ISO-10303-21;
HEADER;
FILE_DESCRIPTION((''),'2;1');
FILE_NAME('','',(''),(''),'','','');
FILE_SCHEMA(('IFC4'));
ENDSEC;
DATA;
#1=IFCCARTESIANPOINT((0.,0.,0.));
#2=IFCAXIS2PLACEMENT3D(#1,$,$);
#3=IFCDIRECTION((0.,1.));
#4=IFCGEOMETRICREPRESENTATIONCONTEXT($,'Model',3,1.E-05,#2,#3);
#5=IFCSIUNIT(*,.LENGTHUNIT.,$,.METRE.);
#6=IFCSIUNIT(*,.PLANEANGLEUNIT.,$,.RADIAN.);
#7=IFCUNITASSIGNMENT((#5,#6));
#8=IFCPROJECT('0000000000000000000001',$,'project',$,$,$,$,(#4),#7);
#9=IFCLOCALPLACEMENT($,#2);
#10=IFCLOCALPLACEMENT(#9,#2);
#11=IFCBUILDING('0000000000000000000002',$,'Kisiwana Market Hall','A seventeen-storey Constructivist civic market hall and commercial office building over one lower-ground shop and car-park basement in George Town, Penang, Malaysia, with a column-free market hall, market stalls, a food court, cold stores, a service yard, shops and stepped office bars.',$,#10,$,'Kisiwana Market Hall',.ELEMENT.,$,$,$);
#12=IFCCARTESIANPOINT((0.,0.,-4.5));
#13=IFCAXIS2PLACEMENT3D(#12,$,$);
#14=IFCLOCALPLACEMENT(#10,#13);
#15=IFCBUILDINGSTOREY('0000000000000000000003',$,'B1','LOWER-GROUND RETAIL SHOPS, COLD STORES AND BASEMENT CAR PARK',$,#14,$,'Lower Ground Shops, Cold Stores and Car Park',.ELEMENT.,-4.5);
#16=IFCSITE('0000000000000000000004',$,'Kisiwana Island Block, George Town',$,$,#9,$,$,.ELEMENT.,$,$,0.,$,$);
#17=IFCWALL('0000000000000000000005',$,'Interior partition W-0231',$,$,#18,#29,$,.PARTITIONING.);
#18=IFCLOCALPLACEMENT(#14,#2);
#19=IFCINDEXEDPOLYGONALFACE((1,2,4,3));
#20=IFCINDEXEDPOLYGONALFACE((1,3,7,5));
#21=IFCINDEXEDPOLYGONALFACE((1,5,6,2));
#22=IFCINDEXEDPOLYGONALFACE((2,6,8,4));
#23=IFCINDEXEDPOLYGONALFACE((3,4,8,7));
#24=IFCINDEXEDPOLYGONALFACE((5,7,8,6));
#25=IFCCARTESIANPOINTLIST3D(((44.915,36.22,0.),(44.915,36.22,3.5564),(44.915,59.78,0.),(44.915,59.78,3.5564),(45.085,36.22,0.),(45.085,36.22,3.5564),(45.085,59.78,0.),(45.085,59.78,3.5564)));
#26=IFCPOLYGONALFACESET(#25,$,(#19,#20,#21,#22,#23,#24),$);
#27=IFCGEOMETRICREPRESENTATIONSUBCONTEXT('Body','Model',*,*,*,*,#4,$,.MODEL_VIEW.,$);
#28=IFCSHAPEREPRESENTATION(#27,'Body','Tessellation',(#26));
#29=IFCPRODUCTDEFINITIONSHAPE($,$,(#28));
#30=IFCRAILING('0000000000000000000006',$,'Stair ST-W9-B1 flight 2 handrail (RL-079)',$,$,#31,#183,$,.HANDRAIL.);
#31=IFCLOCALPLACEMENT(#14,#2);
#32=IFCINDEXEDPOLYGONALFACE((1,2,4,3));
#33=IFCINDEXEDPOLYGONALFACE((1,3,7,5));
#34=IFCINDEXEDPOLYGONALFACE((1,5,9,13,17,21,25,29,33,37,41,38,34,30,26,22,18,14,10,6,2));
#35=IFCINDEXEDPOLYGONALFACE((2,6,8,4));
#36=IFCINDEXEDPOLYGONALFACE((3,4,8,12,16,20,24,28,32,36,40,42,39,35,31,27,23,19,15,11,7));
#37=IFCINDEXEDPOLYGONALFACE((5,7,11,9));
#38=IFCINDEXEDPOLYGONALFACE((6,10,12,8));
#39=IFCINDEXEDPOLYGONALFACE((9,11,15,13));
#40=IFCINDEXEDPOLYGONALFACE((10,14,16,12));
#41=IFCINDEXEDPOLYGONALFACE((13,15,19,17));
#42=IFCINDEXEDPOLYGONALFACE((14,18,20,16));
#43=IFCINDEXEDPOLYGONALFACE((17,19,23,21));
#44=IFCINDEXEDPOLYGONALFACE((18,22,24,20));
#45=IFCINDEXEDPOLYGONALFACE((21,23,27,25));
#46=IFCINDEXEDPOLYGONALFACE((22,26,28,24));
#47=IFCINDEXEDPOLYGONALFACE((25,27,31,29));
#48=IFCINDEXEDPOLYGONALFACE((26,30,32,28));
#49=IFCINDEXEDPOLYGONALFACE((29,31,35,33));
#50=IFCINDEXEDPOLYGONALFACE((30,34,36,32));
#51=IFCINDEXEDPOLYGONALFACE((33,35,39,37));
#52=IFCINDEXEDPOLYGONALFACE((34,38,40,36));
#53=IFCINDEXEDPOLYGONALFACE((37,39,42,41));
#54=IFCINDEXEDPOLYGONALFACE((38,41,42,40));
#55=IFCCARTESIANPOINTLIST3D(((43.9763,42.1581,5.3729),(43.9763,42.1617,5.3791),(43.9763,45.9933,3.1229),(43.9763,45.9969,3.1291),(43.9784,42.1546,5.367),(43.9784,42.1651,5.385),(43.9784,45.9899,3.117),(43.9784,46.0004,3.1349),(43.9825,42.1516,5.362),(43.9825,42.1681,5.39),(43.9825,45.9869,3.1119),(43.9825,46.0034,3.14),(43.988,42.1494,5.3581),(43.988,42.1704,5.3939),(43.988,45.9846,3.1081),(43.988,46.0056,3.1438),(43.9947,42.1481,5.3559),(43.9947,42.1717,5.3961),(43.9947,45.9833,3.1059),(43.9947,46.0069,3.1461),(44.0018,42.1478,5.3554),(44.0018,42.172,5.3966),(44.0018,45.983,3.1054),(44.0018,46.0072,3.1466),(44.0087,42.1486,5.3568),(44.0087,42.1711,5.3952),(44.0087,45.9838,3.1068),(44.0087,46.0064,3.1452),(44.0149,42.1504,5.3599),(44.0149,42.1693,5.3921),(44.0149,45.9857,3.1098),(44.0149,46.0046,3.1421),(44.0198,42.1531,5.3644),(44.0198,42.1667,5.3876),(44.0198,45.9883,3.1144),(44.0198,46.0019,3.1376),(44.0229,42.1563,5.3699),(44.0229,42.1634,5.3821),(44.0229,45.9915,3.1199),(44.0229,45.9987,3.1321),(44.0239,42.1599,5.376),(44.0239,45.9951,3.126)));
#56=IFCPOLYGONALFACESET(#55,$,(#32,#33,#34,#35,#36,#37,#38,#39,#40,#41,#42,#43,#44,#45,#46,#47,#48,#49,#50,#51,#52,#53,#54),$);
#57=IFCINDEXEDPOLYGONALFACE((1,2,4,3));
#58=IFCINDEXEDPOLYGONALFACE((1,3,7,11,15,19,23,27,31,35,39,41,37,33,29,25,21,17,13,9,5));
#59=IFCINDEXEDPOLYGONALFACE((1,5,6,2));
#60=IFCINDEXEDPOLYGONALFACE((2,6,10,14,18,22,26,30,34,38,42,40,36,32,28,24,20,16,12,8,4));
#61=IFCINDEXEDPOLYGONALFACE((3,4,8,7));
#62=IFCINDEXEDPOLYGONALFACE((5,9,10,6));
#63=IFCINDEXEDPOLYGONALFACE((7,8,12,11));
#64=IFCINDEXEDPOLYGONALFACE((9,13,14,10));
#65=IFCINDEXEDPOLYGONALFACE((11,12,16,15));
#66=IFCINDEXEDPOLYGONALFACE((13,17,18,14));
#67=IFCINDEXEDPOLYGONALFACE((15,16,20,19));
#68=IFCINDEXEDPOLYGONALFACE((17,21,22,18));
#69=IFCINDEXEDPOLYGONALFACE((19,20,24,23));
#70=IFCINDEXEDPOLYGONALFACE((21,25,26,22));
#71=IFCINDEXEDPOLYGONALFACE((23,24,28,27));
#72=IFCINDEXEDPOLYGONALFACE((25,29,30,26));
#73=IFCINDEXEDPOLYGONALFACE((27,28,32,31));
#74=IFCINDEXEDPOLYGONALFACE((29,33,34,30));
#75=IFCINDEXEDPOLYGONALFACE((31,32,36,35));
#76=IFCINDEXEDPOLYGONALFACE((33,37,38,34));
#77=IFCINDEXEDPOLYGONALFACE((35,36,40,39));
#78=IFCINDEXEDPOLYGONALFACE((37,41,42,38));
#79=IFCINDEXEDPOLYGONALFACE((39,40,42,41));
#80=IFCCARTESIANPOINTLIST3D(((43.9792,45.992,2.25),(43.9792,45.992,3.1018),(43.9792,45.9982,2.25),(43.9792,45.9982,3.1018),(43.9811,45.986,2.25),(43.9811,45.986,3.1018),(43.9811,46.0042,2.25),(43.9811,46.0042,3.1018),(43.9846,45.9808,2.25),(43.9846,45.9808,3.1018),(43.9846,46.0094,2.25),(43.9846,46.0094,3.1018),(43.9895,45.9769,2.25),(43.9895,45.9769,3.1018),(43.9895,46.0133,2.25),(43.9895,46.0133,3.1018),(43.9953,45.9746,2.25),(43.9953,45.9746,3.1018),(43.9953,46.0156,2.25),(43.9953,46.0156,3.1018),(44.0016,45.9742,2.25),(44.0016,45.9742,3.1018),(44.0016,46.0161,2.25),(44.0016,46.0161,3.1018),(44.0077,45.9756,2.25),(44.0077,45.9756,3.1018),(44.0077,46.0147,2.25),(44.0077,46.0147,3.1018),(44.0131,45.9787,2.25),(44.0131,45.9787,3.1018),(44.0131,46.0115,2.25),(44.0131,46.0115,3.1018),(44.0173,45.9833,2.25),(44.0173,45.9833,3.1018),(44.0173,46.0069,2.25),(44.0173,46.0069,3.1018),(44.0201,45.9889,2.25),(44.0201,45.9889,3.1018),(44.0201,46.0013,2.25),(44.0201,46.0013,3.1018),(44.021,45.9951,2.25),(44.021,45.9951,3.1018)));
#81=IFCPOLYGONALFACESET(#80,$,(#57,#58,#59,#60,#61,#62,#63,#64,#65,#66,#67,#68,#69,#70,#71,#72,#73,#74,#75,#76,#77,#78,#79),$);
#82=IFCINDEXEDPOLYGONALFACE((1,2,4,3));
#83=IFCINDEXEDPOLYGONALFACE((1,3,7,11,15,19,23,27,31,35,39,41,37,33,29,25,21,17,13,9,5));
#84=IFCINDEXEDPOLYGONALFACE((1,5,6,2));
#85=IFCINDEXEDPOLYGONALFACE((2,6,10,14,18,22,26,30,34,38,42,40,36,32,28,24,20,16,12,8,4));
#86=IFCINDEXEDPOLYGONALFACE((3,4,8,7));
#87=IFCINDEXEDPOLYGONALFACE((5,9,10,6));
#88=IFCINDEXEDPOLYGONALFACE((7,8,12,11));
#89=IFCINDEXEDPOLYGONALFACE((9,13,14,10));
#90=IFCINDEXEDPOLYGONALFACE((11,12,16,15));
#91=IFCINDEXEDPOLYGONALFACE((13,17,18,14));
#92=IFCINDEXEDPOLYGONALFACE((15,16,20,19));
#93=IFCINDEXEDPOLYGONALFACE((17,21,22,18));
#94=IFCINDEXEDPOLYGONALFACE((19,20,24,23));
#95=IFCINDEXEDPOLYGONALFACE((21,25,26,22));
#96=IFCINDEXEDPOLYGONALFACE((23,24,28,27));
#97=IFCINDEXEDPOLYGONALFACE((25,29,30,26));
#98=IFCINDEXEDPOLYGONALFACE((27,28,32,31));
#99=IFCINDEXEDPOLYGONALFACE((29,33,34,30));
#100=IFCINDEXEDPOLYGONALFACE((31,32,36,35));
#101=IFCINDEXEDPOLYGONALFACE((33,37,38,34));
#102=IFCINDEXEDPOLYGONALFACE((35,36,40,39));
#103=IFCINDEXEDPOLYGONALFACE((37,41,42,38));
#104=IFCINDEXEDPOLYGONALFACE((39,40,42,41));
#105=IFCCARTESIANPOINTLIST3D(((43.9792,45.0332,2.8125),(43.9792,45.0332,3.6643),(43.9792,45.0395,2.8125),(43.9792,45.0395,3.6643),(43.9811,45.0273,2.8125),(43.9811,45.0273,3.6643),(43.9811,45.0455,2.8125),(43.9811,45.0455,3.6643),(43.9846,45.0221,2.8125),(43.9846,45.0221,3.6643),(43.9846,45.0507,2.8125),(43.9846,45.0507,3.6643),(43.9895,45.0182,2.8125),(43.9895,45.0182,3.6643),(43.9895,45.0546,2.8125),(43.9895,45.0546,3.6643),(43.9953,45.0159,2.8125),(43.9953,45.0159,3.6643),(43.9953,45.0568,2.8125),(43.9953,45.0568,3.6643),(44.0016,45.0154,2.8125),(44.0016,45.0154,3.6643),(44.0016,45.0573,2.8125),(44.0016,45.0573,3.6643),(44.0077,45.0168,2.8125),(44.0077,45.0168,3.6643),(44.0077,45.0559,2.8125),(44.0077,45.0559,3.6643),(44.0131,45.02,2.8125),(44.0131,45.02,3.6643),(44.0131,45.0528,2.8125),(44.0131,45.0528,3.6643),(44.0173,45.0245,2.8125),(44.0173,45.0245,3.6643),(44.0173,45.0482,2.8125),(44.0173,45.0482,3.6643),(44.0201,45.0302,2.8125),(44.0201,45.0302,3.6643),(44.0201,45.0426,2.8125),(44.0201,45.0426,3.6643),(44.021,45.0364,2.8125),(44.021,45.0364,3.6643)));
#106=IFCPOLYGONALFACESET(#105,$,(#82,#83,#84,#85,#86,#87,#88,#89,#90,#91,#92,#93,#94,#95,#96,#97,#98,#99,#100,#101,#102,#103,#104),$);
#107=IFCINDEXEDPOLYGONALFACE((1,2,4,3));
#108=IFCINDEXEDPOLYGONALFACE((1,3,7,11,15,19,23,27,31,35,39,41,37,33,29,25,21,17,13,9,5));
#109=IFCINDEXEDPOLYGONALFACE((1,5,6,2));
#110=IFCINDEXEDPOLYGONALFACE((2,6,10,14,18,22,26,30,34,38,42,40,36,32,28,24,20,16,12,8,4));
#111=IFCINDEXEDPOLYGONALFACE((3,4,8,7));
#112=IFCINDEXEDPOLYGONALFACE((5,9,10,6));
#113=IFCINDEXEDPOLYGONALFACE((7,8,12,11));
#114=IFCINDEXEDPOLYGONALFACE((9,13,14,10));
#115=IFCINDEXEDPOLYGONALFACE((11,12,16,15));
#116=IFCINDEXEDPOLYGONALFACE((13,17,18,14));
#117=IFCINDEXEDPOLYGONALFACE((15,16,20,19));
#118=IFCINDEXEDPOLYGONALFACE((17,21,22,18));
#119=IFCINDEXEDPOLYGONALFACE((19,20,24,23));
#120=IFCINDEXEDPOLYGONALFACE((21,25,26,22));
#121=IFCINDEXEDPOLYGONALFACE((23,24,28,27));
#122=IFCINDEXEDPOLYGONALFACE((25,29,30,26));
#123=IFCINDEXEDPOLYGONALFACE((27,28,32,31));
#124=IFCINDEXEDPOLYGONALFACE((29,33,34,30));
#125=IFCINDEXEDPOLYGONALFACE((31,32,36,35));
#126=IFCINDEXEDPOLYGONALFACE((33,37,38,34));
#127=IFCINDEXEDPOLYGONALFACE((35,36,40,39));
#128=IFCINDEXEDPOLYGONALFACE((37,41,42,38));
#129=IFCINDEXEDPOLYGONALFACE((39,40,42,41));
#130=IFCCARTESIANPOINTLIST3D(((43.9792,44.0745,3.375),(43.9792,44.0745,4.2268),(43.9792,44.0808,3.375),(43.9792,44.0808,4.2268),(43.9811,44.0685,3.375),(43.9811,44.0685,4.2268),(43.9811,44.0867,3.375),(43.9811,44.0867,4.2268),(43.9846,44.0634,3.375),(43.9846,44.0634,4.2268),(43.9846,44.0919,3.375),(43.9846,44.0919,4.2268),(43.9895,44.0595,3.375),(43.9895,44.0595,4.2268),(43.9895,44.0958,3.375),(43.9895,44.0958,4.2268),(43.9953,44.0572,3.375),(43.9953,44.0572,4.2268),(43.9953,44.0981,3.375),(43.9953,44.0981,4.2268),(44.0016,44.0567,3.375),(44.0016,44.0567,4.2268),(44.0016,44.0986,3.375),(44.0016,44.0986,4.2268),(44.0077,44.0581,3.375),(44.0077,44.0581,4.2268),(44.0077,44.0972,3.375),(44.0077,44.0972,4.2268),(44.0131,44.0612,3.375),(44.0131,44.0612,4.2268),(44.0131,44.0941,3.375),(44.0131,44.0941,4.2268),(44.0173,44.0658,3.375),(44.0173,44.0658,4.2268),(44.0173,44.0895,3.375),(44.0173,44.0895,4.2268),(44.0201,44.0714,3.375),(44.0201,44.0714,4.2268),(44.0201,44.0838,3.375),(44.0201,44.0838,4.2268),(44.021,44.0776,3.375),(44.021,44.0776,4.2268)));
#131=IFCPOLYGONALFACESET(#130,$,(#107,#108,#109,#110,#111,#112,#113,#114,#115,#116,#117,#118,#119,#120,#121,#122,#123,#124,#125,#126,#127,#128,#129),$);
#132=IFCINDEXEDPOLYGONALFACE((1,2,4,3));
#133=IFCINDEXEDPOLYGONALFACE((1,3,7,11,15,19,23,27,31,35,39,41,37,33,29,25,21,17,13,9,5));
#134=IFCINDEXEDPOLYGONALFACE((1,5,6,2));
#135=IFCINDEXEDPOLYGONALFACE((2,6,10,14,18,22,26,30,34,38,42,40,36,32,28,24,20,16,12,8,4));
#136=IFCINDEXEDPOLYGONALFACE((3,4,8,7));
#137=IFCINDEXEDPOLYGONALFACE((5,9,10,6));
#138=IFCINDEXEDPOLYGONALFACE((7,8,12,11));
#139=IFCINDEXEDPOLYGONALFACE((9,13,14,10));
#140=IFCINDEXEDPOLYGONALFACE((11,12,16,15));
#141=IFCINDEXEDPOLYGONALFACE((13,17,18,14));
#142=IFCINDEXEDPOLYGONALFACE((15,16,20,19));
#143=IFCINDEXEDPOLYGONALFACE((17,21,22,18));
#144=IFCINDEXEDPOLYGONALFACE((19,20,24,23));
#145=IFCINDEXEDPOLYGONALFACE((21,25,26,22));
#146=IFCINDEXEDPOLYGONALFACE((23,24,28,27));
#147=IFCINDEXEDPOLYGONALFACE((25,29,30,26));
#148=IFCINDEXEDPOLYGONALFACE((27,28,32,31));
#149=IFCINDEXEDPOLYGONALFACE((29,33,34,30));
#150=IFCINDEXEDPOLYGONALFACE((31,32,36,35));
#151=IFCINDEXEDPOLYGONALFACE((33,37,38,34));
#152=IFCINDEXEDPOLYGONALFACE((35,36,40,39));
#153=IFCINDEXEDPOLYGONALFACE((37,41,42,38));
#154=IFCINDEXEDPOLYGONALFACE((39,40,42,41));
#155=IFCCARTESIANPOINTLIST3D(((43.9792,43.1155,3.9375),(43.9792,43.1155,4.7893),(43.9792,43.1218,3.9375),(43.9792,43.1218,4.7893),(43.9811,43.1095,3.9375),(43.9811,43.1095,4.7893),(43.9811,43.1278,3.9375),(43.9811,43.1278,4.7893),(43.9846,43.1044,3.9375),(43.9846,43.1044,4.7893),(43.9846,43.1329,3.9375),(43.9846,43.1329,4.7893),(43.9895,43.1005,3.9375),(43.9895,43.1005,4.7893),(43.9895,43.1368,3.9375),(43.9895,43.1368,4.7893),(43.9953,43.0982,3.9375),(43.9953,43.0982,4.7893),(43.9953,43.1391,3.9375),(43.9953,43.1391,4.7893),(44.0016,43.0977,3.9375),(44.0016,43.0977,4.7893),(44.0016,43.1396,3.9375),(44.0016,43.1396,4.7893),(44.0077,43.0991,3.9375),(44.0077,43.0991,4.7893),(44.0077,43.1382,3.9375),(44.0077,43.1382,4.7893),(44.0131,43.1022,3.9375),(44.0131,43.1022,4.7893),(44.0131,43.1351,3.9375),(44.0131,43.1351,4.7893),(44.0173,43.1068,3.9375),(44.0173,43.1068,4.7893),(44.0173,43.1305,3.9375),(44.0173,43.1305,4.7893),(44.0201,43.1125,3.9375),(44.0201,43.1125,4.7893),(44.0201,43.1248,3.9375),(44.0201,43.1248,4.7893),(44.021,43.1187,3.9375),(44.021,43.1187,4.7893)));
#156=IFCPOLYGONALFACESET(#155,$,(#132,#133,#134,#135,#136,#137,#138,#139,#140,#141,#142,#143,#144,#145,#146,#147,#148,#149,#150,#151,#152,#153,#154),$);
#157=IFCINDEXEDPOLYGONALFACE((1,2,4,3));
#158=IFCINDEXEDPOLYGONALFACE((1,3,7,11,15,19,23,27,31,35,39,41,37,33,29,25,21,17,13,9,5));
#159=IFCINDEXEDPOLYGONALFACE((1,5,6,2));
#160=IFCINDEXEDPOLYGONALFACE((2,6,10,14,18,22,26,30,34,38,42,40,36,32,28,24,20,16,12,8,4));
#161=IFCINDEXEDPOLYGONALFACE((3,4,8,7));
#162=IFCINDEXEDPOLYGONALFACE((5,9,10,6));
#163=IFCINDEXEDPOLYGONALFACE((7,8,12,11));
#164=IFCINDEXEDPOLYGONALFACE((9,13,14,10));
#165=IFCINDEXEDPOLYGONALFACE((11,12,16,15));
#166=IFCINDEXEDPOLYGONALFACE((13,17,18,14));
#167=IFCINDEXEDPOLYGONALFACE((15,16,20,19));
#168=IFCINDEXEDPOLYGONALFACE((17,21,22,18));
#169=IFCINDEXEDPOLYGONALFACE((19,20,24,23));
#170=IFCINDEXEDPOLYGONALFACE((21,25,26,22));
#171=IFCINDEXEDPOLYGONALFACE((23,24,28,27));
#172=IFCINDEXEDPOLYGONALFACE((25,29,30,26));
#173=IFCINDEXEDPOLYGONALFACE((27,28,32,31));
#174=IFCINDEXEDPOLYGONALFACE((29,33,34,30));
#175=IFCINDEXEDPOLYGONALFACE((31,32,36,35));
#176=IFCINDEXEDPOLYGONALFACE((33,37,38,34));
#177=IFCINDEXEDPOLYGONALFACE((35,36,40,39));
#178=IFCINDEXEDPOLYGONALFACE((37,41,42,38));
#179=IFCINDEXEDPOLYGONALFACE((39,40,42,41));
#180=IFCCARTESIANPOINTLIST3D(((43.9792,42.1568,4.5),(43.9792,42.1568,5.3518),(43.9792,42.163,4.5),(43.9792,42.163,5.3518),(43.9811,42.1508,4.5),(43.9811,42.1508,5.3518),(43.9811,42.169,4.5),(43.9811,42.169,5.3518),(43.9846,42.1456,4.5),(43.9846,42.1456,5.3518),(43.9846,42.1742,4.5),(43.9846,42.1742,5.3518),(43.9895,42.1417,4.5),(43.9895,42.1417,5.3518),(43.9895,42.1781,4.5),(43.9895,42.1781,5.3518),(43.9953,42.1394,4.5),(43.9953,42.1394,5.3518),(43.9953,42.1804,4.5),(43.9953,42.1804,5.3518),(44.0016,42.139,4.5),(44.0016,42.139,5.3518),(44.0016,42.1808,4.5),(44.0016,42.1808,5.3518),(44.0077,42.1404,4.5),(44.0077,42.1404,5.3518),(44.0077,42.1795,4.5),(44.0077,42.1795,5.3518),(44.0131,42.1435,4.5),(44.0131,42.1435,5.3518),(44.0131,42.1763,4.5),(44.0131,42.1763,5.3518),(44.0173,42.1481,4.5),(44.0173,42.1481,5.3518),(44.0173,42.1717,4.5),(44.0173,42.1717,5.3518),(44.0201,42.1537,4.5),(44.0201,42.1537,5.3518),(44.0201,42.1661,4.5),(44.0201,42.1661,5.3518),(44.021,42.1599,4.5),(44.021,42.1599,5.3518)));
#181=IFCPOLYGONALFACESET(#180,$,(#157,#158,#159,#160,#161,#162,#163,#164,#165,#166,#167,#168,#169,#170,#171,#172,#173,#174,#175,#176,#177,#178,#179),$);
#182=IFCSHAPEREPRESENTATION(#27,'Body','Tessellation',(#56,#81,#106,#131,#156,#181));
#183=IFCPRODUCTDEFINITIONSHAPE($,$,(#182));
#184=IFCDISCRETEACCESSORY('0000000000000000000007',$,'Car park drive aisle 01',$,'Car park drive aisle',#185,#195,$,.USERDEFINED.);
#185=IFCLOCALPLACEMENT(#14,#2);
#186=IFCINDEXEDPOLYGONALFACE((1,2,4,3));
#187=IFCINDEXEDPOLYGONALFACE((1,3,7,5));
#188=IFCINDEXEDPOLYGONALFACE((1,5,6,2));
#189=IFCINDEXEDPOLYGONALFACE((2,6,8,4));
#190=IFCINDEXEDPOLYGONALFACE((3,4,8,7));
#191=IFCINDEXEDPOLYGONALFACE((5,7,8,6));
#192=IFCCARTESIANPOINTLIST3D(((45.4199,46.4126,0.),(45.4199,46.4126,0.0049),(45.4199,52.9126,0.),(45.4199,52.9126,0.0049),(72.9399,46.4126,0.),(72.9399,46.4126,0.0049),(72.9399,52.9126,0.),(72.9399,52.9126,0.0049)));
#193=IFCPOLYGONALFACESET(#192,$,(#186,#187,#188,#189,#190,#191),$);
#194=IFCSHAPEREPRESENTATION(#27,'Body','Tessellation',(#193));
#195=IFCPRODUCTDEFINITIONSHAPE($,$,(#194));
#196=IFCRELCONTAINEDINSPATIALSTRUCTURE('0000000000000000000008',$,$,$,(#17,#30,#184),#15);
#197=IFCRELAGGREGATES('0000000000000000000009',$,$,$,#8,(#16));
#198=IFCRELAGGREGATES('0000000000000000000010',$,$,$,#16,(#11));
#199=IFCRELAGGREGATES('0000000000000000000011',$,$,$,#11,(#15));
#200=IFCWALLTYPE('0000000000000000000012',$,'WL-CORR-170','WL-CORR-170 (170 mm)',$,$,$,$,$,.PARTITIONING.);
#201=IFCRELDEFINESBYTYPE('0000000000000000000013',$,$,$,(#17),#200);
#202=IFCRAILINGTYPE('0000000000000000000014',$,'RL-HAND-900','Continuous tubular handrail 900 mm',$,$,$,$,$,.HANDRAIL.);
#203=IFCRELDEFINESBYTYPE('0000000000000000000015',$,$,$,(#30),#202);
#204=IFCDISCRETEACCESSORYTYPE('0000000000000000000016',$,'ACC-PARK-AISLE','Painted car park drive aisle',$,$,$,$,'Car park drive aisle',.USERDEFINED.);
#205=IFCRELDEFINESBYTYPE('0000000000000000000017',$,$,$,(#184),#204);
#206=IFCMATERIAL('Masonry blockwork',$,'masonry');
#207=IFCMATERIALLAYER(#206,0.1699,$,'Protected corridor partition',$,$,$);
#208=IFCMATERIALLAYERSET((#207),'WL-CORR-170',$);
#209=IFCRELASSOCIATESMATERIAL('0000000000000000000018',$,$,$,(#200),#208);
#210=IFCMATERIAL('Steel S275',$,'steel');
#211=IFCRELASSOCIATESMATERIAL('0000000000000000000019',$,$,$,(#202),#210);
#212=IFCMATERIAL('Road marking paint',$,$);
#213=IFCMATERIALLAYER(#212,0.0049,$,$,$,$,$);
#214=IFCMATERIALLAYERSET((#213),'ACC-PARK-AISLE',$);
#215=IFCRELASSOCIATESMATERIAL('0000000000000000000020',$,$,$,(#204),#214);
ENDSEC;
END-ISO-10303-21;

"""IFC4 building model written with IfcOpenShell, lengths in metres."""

from ifc_helpers import new_model, si_unit, direction, frame, frame_2d, origin, origin_2d, place, context, subcontext, project, spatial, rectangle, circle, extrude, material, layer, layer_set, type_object, element, save


model = new_model("IFC4")

# Units and contexts
model_context = context("Model", 3, precision=1e-05, world=origin(), true_north=direction((0.0, 1.0)))
body_context = subcontext(model_context, "Body", "Model", "MODEL_VIEW")
ifc_project = project(units=[si_unit("LENGTHUNIT", "METRE"), si_unit("PLANEANGLEUNIT", "RADIAN")], contexts=[model_context])

# Site, building, storey
site_placement = place(None, origin())
site = spatial("IfcSite", under=ifc_project, at=site_placement, Name="Kisiwana Island Block, George Town", CompositionType="ELEMENT", RefElevation=0.0)
building_placement = place(site_placement, origin())
building = spatial("IfcBuilding", under=site, at=building_placement, Name="Kisiwana Market Hall", Description="A seventeen-storey Constructivist civic market hall and commercial office building over one lower-ground shop and car-park basement in George Town, Penang, Malaysia, with a column-free market hall, market stalls, a food court, cold stores, a service yard, shops and stepped office bars.", LongName="Kisiwana Market Hall", CompositionType="ELEMENT")
storey_placement = place(building_placement, frame((0.0, 0.0, -4.5)))
storey = spatial("IfcBuildingStorey", under=building, at=storey_placement, Name="B1", Description="LOWER-GROUND RETAIL SHOPS, COLD STORES AND BASEMENT CAR PARK", LongName="Lower Ground Shops, Cold Stores and Car Park", CompositionType="ELEMENT", Elevation=-4.5)

# Wall
ifc_material_1 = material(Name="Masonry blockwork", Category="masonry")
ifc_layer_1 = layer(ifc_material_1, 0.1699, Name="Protected corridor partition")
ifc_layer_set_1 = layer_set([ifc_layer_1], Name="WL-CORR-170")
wall_type_1 = type_object("IfcWallType", Name="WL-CORR-170", Description="WL-CORR-170 (170 mm)", PredefinedType="PARTITIONING", material=ifc_layer_set_1)
wall_1_placement = place(storey_placement, frame((45.0, 36.22, 0.0), z_axis=(0.0, 0.0, 1.0), x_axis=(0.0, 1.0, 0.0)))
element("IfcWall", 1, at=wall_1_placement, inside=storey, type_object=wall_type_1, Name="Interior partition W-0231", PredefinedType="PARTITIONING", context=body_context, shape_type="SweptSolid", body=[
    extrude(rectangle(XDim=23.5601, YDim=0.1699, at=frame_2d((11.78, 0.0))), origin(), (0.0, 0.0, 1.0), 3.5564),
])

# Railing
ifc_material_2 = material(Name="Steel S275", Category="steel")
railing_type = type_object("IfcRailingType", Name="RL-HAND-900", Description="Continuous tubular handrail 900 mm", PredefinedType="HANDRAIL", material=ifc_material_2)
railing_placement = place(storey_placement, frame((44.0, 45.9951, 2.25)))
element("IfcRailing", 2, at=railing_placement, inside=storey, type_object=railing_type, Name="Stair ST-W9-B1 flight 2 handrail (RL-079)", PredefinedType="HANDRAIL", context=body_context, shape_type="SweptSolid", body=[
    extrude(circle(Radius=0.0239, at=origin_2d()), frame((0.0, 0.0, 0.876), z_axis=(0.0, -0.862524, 0.506017), x_axis=(1.0, 0.0, 0.0)), (0.0, 0.0, 1.0), 4.4465),
    extrude(circle(Radius=0.021, at=origin_2d()), origin(), (0.0, 0.0, 1.0), 0.8518),
    extrude(circle(Radius=0.021, at=origin_2d()), frame((0.0, -0.9587, 0.5625)), (0.0, 0.0, 1.0), 0.8518),
    extrude(circle(Radius=0.021, at=origin_2d()), frame((0.0, -1.9175, 1.125)), (0.0, 0.0, 1.0), 0.8518),
    extrude(circle(Radius=0.021, at=origin_2d()), frame((0.0, -2.8765, 1.6875)), (0.0, 0.0, 1.0), 0.8518),
    extrude(circle(Radius=0.021, at=origin_2d()), frame((0.0, -3.8352, 2.25)), (0.0, 0.0, 1.0), 0.8518),
])

# Discrete accessory
ifc_material_3 = material(Name="Road marking paint")
ifc_layer_2 = layer(ifc_material_3, 0.0049)
ifc_layer_set_2 = layer_set([ifc_layer_2], Name="ACC-PARK-AISLE")
discrete_accessory_type_1 = type_object("IfcDiscreteAccessoryType", Name="ACC-PARK-AISLE", Description="Painted car park drive aisle", ElementType="Car park drive aisle", PredefinedType="USERDEFINED", material=ifc_layer_set_2)
discrete_accessory_placement = place(storey_placement, frame((59.1799, 49.6626, 0.0), z_axis=(0.0, 0.0, 1.0), x_axis=(1.0, 0.0, 0.0)))
element("IfcDiscreteAccessory", 3, at=discrete_accessory_placement, inside=storey, type_object=discrete_accessory_type_1, Name="Car park drive aisle 01", ObjectType="Car park drive aisle", PredefinedType="USERDEFINED", context=body_context, shape_type="SweptSolid", body=[
    extrude(rectangle(XDim=27.52, YDim=6.5, at=origin_2d()), origin(), (0.0, 0.0, 1.0), 0.0049),
])

save(model, "model.ifc")
